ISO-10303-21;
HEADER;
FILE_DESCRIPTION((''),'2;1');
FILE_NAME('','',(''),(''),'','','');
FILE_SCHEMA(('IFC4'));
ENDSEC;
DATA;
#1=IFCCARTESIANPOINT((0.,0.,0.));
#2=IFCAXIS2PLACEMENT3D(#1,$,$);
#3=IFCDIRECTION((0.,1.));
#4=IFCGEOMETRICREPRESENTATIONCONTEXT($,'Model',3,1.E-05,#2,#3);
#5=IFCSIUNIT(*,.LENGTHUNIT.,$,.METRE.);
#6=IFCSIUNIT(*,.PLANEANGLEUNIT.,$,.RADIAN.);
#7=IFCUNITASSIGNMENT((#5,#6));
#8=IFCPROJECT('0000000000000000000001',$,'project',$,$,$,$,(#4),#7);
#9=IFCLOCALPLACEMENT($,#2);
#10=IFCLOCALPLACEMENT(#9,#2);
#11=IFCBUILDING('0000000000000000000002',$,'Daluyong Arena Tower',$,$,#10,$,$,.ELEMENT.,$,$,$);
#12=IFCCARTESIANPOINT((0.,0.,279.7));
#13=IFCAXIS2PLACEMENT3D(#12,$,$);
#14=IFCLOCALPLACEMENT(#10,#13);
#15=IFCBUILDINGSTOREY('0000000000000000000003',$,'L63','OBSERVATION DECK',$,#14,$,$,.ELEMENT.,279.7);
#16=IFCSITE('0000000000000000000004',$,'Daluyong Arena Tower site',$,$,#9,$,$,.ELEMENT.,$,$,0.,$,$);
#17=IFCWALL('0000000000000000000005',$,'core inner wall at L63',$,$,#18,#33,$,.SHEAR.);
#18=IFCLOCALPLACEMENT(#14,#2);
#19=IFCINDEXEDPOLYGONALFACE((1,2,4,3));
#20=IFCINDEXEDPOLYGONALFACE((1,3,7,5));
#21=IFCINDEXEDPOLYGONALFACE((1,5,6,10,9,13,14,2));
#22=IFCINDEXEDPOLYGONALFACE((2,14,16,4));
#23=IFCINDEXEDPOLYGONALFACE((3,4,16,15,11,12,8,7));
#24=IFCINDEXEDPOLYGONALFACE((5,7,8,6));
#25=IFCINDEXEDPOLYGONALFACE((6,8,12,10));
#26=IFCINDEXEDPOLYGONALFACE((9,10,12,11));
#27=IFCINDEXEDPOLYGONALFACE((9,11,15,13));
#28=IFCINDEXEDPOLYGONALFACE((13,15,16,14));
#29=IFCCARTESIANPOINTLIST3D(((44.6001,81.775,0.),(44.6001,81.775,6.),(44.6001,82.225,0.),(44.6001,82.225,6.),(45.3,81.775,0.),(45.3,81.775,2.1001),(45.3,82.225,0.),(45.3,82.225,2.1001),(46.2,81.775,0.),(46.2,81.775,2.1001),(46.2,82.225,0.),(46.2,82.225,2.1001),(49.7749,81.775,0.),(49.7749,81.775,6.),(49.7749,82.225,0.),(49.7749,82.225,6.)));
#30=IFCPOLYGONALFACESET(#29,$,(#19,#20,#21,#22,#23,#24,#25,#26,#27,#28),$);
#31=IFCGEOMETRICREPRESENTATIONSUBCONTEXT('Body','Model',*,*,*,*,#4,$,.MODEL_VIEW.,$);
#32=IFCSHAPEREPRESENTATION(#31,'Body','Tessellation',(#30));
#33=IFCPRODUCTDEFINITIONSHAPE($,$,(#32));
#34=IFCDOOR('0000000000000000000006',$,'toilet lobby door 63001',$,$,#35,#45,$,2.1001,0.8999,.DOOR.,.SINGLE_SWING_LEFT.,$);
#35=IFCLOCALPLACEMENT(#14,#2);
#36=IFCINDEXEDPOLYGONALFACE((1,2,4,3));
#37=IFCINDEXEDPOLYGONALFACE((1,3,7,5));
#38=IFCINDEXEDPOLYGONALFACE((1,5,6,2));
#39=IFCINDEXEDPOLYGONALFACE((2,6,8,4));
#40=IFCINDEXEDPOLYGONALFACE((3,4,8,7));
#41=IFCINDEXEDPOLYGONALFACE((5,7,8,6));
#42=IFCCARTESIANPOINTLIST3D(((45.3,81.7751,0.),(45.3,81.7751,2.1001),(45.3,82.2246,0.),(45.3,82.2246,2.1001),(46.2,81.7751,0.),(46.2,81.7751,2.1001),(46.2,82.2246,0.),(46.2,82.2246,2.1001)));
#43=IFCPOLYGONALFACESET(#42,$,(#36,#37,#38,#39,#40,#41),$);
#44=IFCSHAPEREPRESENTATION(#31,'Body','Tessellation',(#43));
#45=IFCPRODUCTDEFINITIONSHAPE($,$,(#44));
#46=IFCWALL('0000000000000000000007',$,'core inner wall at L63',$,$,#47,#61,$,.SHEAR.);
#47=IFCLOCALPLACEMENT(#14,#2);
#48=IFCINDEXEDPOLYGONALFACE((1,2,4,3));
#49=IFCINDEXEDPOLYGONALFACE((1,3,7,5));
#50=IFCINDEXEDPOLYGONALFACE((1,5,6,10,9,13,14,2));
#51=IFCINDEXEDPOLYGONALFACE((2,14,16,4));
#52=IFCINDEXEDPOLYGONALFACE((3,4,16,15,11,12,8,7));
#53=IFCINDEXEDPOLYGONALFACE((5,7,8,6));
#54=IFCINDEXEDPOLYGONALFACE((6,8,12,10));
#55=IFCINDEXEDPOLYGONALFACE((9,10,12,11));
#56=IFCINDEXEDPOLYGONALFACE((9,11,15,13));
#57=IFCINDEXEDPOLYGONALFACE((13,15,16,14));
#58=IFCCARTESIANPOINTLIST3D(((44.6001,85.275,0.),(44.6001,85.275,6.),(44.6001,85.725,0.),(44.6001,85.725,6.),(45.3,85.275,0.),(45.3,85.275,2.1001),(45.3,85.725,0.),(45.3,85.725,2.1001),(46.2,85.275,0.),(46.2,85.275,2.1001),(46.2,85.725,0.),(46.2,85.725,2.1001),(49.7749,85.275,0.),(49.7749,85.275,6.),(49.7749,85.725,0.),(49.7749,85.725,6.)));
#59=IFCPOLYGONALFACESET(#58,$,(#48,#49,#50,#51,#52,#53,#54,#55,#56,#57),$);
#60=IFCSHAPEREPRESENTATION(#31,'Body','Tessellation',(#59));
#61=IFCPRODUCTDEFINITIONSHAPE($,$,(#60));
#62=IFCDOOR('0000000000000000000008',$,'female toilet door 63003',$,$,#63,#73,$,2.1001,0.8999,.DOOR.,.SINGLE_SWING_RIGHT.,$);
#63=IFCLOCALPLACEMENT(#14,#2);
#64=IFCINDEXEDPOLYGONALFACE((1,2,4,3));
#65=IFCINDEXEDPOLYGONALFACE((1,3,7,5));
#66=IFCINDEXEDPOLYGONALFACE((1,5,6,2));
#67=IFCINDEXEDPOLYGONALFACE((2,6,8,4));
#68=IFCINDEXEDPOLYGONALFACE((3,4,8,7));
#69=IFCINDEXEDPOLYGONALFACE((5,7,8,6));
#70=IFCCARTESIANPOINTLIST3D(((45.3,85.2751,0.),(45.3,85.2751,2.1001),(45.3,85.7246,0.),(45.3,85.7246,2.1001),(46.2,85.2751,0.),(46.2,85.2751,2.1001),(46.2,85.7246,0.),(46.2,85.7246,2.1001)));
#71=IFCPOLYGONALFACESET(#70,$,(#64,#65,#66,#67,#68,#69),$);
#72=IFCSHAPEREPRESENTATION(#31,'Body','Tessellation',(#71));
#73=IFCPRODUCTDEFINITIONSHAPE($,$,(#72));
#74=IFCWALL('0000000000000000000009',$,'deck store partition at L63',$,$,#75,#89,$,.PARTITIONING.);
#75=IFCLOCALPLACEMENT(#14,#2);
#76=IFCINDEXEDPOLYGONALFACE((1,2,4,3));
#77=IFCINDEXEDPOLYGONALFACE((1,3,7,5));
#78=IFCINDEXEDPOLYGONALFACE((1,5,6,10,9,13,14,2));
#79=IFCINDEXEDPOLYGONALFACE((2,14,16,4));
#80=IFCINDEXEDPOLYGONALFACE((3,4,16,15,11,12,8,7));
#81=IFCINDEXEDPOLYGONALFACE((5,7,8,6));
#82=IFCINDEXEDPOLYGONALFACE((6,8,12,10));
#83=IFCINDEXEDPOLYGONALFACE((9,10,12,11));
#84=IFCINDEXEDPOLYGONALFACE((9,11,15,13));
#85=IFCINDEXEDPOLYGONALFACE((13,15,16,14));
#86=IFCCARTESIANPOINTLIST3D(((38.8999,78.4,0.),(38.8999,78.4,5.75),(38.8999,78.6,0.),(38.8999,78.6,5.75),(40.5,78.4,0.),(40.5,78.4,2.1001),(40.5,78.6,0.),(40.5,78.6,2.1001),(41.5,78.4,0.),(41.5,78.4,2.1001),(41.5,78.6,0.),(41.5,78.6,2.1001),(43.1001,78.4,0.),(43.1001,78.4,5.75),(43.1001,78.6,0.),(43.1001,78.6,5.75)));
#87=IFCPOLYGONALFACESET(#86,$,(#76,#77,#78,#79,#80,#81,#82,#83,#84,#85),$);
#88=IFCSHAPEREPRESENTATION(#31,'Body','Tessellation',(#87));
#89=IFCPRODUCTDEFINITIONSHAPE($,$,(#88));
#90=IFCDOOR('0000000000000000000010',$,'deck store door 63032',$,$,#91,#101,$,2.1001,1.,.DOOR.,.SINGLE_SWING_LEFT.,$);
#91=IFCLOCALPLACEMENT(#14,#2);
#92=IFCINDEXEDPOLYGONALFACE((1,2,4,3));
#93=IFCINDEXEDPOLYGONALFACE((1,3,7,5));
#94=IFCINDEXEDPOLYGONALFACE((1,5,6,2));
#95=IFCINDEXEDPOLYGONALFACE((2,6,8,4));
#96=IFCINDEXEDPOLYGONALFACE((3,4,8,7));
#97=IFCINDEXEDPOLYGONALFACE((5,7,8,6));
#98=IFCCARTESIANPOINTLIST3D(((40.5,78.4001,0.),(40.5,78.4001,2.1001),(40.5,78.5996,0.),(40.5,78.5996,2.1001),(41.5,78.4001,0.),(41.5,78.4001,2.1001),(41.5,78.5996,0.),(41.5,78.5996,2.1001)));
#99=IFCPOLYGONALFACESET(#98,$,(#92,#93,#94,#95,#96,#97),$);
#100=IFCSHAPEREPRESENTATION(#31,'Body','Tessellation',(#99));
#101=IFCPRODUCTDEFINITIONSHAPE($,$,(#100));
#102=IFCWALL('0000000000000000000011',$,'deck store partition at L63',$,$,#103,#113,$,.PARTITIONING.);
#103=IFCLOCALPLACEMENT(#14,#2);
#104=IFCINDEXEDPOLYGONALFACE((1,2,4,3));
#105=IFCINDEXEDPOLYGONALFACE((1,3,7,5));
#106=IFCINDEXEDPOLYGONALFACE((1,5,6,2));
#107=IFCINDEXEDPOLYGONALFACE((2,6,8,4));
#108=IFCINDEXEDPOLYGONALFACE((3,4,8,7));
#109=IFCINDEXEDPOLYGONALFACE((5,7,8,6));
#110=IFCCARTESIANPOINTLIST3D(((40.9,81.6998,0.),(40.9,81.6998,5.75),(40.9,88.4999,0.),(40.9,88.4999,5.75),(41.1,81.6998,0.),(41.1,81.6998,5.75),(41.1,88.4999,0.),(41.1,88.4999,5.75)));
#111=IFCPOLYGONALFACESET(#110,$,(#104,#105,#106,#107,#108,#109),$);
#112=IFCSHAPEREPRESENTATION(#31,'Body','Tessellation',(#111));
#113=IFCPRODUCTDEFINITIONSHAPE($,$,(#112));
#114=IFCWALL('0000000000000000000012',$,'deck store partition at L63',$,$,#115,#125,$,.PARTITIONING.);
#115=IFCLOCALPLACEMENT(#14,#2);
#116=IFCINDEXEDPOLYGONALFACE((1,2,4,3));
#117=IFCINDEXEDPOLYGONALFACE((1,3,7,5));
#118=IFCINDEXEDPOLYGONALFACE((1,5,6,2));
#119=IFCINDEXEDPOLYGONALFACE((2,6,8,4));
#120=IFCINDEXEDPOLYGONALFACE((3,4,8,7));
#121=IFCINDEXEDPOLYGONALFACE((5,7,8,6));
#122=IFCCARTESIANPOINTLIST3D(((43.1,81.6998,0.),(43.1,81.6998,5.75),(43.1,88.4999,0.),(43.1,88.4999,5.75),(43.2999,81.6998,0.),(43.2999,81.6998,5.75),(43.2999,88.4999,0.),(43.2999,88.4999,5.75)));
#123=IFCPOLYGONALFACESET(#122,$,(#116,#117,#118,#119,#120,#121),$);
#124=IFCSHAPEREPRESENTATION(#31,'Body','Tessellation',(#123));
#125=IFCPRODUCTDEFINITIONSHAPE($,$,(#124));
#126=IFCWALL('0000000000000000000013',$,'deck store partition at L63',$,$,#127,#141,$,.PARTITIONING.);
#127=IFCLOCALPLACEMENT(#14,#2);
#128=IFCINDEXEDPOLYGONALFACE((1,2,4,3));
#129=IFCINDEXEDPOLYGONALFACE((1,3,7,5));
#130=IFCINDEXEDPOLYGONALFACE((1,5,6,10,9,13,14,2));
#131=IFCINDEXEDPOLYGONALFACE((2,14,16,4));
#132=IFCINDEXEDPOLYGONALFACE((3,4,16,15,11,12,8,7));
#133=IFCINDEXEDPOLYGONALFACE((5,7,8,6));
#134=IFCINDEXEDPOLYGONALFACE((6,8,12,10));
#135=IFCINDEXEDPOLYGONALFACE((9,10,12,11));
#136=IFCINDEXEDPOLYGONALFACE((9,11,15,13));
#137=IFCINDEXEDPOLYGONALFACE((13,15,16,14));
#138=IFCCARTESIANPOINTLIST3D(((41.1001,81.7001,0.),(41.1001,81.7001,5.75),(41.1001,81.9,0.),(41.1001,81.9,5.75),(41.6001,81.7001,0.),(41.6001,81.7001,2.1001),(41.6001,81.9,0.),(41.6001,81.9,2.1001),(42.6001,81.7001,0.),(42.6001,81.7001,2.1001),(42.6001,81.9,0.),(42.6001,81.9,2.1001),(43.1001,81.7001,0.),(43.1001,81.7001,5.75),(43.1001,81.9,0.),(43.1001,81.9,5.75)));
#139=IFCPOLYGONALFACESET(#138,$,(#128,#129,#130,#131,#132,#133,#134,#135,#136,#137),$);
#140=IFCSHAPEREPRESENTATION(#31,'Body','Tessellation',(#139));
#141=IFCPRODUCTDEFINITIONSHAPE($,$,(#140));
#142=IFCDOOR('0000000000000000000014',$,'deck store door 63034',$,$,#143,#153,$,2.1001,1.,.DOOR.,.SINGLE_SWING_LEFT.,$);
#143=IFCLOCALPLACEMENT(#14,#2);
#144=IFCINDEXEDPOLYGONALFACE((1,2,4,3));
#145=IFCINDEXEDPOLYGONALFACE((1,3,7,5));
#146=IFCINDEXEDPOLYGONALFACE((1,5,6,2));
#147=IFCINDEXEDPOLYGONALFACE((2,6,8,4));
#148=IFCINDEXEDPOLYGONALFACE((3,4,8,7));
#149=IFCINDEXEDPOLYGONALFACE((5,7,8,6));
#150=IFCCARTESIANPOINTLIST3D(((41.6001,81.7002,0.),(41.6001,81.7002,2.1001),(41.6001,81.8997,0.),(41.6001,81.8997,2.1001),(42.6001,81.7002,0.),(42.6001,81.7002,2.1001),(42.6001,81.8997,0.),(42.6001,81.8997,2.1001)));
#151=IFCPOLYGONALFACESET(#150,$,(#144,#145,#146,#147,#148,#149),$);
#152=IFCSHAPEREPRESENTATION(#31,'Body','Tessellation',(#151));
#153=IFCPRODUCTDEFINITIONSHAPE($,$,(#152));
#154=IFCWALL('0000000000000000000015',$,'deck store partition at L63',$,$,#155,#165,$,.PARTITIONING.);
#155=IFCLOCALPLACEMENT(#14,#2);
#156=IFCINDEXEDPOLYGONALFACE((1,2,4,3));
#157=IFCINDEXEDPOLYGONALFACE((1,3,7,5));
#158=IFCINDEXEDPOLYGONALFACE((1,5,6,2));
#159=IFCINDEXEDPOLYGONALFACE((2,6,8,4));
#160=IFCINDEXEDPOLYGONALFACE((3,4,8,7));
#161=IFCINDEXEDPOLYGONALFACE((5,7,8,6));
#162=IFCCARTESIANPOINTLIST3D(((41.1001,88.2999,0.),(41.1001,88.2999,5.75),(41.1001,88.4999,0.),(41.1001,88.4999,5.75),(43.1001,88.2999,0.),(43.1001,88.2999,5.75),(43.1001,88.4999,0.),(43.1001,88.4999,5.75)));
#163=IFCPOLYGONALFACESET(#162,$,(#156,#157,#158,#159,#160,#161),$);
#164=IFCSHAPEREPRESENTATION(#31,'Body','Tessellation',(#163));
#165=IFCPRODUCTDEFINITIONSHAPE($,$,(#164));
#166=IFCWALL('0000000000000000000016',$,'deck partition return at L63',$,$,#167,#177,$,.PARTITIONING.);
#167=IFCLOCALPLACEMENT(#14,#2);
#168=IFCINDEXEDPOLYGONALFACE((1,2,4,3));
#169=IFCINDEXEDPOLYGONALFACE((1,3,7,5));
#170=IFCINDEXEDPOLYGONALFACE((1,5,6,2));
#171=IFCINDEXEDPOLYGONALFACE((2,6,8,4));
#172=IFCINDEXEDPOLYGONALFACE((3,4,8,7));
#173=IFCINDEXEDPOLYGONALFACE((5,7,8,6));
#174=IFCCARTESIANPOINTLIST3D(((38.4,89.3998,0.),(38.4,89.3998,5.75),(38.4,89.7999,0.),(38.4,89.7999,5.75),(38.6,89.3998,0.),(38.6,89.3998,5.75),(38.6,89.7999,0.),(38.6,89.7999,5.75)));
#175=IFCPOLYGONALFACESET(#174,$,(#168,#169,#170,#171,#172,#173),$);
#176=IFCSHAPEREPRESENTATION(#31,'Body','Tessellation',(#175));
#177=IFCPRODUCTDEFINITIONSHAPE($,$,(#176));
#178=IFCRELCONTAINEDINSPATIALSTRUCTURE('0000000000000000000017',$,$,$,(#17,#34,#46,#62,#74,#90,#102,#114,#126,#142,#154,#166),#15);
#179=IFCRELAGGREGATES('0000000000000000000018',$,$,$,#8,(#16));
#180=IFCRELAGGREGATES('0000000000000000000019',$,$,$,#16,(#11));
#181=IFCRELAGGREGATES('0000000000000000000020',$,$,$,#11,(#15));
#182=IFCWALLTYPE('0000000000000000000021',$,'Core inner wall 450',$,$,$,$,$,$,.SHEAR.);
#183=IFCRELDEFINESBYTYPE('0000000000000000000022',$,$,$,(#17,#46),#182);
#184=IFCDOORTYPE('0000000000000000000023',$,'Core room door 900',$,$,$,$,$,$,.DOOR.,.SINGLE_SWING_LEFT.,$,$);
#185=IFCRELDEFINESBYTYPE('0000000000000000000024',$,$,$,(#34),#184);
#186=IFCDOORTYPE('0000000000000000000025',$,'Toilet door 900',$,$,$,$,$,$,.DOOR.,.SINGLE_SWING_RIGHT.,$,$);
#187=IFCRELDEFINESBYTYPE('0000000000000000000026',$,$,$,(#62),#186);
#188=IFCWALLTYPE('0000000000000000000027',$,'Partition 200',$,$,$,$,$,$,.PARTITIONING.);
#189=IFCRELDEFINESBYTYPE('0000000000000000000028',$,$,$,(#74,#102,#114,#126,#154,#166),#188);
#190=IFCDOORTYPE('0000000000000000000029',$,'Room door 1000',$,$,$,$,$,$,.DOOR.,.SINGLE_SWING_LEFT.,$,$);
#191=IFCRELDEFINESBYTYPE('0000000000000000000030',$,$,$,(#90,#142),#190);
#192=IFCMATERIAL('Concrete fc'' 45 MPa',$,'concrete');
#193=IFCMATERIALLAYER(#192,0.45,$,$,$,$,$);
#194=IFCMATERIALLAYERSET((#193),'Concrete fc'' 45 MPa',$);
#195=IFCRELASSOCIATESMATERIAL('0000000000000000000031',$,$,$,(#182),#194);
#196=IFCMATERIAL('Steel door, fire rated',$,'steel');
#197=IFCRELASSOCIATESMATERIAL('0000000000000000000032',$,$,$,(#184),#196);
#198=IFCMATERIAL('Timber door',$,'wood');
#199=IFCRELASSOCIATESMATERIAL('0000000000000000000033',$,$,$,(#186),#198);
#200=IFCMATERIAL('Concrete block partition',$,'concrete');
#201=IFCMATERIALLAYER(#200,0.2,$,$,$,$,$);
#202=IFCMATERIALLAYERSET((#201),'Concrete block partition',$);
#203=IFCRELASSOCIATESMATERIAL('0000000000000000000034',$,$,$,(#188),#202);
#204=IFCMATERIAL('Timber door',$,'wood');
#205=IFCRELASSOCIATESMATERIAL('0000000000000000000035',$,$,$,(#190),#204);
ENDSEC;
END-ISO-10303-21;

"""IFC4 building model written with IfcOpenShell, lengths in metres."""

from ifc_helpers import new_model, si_unit, direction, frame, frame_2d, origin, place, context, subcontext, project, spatial, rectangle, extrude, material, layer, layer_set, type_object, element, fill, save


model = new_model("IFC4")

# Units and contexts
model_context = context("Model", 3, precision=1e-05, world=origin(), true_north=direction((0.0, 1.0)))
body_context = subcontext(model_context, "Body", "Model", "MODEL_VIEW")
ifc_project = project(units=[si_unit("LENGTHUNIT", "METRE"), si_unit("PLANEANGLEUNIT", "RADIAN")], contexts=[model_context])

# Site, building, storey
site_placement = place(None, origin())
site = spatial("IfcSite", under=ifc_project, at=site_placement, Name="Daluyong Arena Tower site", CompositionType="ELEMENT", RefElevation=0.0)
building_placement = place(site_placement, origin())
building = spatial("IfcBuilding", under=site, at=building_placement, Name="Daluyong Arena Tower", CompositionType="ELEMENT")
storey_placement = place(building_placement, frame((0.0, 0.0, 279.7)))
storey = spatial("IfcBuildingStorey", under=building, at=storey_placement, Name="L63", Description="OBSERVATION DECK", CompositionType="ELEMENT", Elevation=279.7)

# Walls, openings, doors
ifc_material_1 = material(Name="Concrete fc' 45 MPa", Category="concrete")
ifc_layer_1 = layer(ifc_material_1, 0.45)
ifc_layer_set_1 = layer_set([ifc_layer_1], Name="Concrete fc' 45 MPa")
wall_type_1 = type_object("IfcWallType", Name="Core inner wall 450", PredefinedType="SHEAR", material=ifc_layer_set_1)
wall_1_placement = place(storey_placement, frame((44.6001, 82.0, 0.0), z_axis=(0.0, 0.0, 1.0), x_axis=(1.0, 0.0, 0.0)))
wall_1 = element("IfcWall", 1, at=wall_1_placement, inside=storey, type_object=wall_type_1, Name="core inner wall at L63", PredefinedType="SHEAR", context=body_context, shape_type="SweptSolid", body=[
    extrude(rectangle(XDim=5.1748, YDim=0.45, at=frame_2d((2.5874, 0.0))), origin(), (0.0, 0.0, 1.0), 6.0),
])
opening_1_placement = place(wall_1_placement, frame((0.7, 0.0, 0.0)))
opening_1 = element("IfcOpeningElement", 2, at=opening_1_placement, cuts=wall_1, PredefinedType="OPENING", context=body_context, shape_type="SweptSolid", body=[
    extrude(rectangle(XDim=0.8999, YDim=2.1001, at=frame_2d((0.45, 1.05))), frame((0.0, 0.2349, 0.0), z_axis=(0.0, -1.0, 0.0), x_axis=(1.0, 0.0, 0.0)), (0.0, 0.0, 1.0), 0.47),
])
ifc_material_2 = material(Name="Steel door, fire rated", Category="steel")
door_type_1 = type_object("IfcDoorType", Name="Core room door 900", OperationType="SINGLE_SWING_LEFT", PredefinedType="DOOR", material=ifc_material_2)
door_1_placement = place(opening_1_placement, origin())
door_1 = element("IfcDoor", 3, at=door_1_placement, inside=storey, type_object=door_type_1, Name="toilet lobby door 63001", OperationType="SINGLE_SWING_LEFT", OverallHeight=2.1001, OverallWidth=0.8999, PredefinedType="DOOR", context=body_context, shape_type="SweptSolid", body=[
    extrude(rectangle(XDim=0.8999, YDim=2.1001, at=frame_2d((0.45, 1.05))), frame((0.0, 0.2246, 0.0), z_axis=(0.0, -1.0, 0.0), x_axis=(1.0, 0.0, 0.0)), (0.0, 0.0, 1.0), 0.4495),
])
fill(opening_1, door_1)
wall_2_placement = place(storey_placement, frame((44.6001, 85.5, 0.0), z_axis=(0.0, 0.0, 1.0), x_axis=(1.0, 0.0, 0.0)))
wall_2 = element("IfcWall", 4, at=wall_2_placement, inside=storey, type_object=wall_type_1, Name="core inner wall at L63", PredefinedType="SHEAR", context=body_context, shape_type="SweptSolid", body=[
    extrude(rectangle(XDim=5.1748, YDim=0.45, at=frame_2d((2.5874, 0.0))), origin(), (0.0, 0.0, 1.0), 6.0),
])
opening_2_placement = place(wall_2_placement, frame((0.7, 0.0, 0.0)))
opening_2 = element("IfcOpeningElement", 5, at=opening_2_placement, cuts=wall_2, PredefinedType="OPENING", context=body_context, shape_type="SweptSolid", body=[
    extrude(rectangle(XDim=0.8999, YDim=2.1001, at=frame_2d((0.45, 1.05))), frame((0.0, 0.2349, 0.0), z_axis=(0.0, -1.0, 0.0), x_axis=(1.0, 0.0, 0.0)), (0.0, 0.0, 1.0), 0.47),
])
ifc_material_3 = material(Name="Timber door", Category="wood")
door_type_2 = type_object("IfcDoorType", Name="Toilet door 900", OperationType="SINGLE_SWING_RIGHT", PredefinedType="DOOR", material=ifc_material_3)
door_2_placement = place(opening_2_placement, origin())
door_2 = element("IfcDoor", 6, at=door_2_placement, inside=storey, type_object=door_type_2, Name="female toilet door 63003", OperationType="SINGLE_SWING_RIGHT", OverallHeight=2.1001, OverallWidth=0.8999, PredefinedType="DOOR", context=body_context, shape_type="SweptSolid", body=[
    extrude(rectangle(XDim=0.8999, YDim=2.1001, at=frame_2d((0.45, 1.05))), frame((0.0, 0.2246, 0.0), z_axis=(0.0, -1.0, 0.0), x_axis=(1.0, 0.0, 0.0)), (0.0, 0.0, 1.0), 0.4495),
])
fill(opening_2, door_2)
ifc_material_4 = material(Name="Concrete block partition", Category="concrete")
ifc_layer_2 = layer(ifc_material_4, 0.2)
ifc_layer_set_2 = layer_set([ifc_layer_2], Name="Concrete block partition")
wall_type_2 = type_object("IfcWallType", Name="Partition 200", PredefinedType="PARTITIONING", material=ifc_layer_set_2)
wall_3_placement = place(storey_placement, frame((38.8999, 78.5, 0.0), z_axis=(0.0, 0.0, 1.0), x_axis=(1.0, 0.0, 0.0)))
wall_3 = element("IfcWall", 7, at=wall_3_placement, inside=storey, type_object=wall_type_2, Name="deck store partition at L63", PredefinedType="PARTITIONING", context=body_context, shape_type="SweptSolid", body=[
    extrude(rectangle(XDim=4.2002, YDim=0.2, at=frame_2d((2.1001, 0.0))), origin(), (0.0, 0.0, 1.0), 5.75),
])
opening_3_placement = place(wall_3_placement, frame((1.6001, 0.0, 0.0)))
opening_3 = element("IfcOpeningElement", 8, at=opening_3_placement, cuts=wall_3, PredefinedType="OPENING", context=body_context, shape_type="SweptSolid", body=[
    extrude(rectangle(XDim=1.0, YDim=2.1001, at=frame_2d((0.5, 1.05))), frame((0.0, 0.1099, 0.0), z_axis=(0.0, -1.0, 0.0), x_axis=(1.0, 0.0, 0.0)), (0.0, 0.0, 1.0), 0.22),
])
ifc_material_5 = material(Name="Timber door", Category="wood")
door_type_3 = type_object("IfcDoorType", Name="Room door 1000", OperationType="SINGLE_SWING_LEFT", PredefinedType="DOOR", material=ifc_material_5)
door_3_placement = place(opening_3_placement, origin())
door_3 = element("IfcDoor", 9, at=door_3_placement, inside=storey, type_object=door_type_3, Name="deck store door 63032", OperationType="SINGLE_SWING_LEFT", OverallHeight=2.1001, OverallWidth=1.0, PredefinedType="DOOR", context=body_context, shape_type="SweptSolid", body=[
    extrude(rectangle(XDim=1.0, YDim=2.1001, at=frame_2d((0.5, 1.05))), frame((0.0, 0.0996, 0.0), z_axis=(0.0, -1.0, 0.0), x_axis=(1.0, 0.0, 0.0)), (0.0, 0.0, 1.0), 0.1995),
])
fill(opening_3, door_3)

# Walls
for number, where, z_axis, x_axis, name in (
    (10, (41.0, 81.7, 0.0), (0.0, 0.0, 1.0), (0.0, 1.0, 0.0), "deck store partition at L63"),
    (11, (43.2, 81.7, 0.0), (0.0, 0.0, 1.0), (0.0, 1.0, 0.0), "deck store partition at L63"),
):
    element("IfcWall", number, at=place(storey_placement, frame(where, z_axis=z_axis, x_axis=x_axis)), inside=storey, type_object=wall_type_2, Name=name, PredefinedType="PARTITIONING", context=body_context, shape_type="SweptSolid", body=[
        extrude(rectangle(XDim=6.8, YDim=0.2, at=frame_2d((3.3999, 0.0))), origin(), (0.0, 0.0, 1.0), 5.75),
    ])

# Wall, opening, door
wall_4_placement = place(storey_placement, frame((41.1001, 81.8, 0.0), z_axis=(0.0, 0.0, 1.0), x_axis=(1.0, 0.0, 0.0)))
wall_4 = element("IfcWall", 12, at=wall_4_placement, inside=storey, type_object=wall_type_2, Name="deck store partition at L63", PredefinedType="PARTITIONING", context=body_context, shape_type="SweptSolid", body=[
    extrude(rectangle(XDim=2.0, YDim=0.2, at=frame_2d((1.0, 0.0))), origin(), (0.0, 0.0, 1.0), 5.75),
])
opening_4_placement = place(wall_4_placement, frame((0.5, 0.0, 0.0)))
opening_4 = element("IfcOpeningElement", 13, at=opening_4_placement, cuts=wall_4, PredefinedType="OPENING", context=body_context, shape_type="SweptSolid", body=[
    extrude(rectangle(XDim=1.0, YDim=2.1001, at=frame_2d((0.5, 1.05))), frame((0.0, 0.1099, 0.0), z_axis=(0.0, -1.0, 0.0), x_axis=(1.0, 0.0, 0.0)), (0.0, 0.0, 1.0), 0.22),
])
door_4_placement = place(opening_4_placement, origin())
door_4 = element("IfcDoor", 14, at=door_4_placement, inside=storey, type_object=door_type_3, Name="deck store door 63034", OperationType="SINGLE_SWING_LEFT", OverallHeight=2.1001, OverallWidth=1.0, PredefinedType="DOOR", context=body_context, shape_type="SweptSolid", body=[
    extrude(rectangle(XDim=1.0, YDim=2.1001, at=frame_2d((0.5, 1.05))), frame((0.0, 0.0996, 0.0), z_axis=(0.0, -1.0, 0.0), x_axis=(1.0, 0.0, 0.0)), (0.0, 0.0, 1.0), 0.1995),
])
fill(opening_4, door_4)

# Wall
wall_5_placement = place(storey_placement, frame((41.1001, 88.3999, 0.0), z_axis=(0.0, 0.0, 1.0), x_axis=(1.0, 0.0, 0.0)))
element("IfcWall", 15, at=wall_5_placement, inside=storey, type_object=wall_type_2, Name="deck store partition at L63", PredefinedType="PARTITIONING", context=body_context, shape_type="SweptSolid", body=[
    extrude(rectangle(XDim=2.0, YDim=0.2, at=frame_2d((1.0, 0.0))), origin(), (0.0, 0.0, 1.0), 5.75),
])

# Wall
wall_6_placement = place(storey_placement, frame((38.5, 89.8, 0.0), z_axis=(0.0, 0.0, 1.0), x_axis=(0.0, -1.0, 0.0)))
element("IfcWall", 16, at=wall_6_placement, inside=storey, type_object=wall_type_2, Name="deck partition return at L63", PredefinedType="PARTITIONING", context=body_context, shape_type="SweptSolid", body=[
    extrude(rectangle(XDim=0.4001, YDim=0.2, at=frame_2d((0.2002, 0.0))), origin(), (0.0, 0.0, 1.0), 5.75),
])

save(model, "model.ifc")
